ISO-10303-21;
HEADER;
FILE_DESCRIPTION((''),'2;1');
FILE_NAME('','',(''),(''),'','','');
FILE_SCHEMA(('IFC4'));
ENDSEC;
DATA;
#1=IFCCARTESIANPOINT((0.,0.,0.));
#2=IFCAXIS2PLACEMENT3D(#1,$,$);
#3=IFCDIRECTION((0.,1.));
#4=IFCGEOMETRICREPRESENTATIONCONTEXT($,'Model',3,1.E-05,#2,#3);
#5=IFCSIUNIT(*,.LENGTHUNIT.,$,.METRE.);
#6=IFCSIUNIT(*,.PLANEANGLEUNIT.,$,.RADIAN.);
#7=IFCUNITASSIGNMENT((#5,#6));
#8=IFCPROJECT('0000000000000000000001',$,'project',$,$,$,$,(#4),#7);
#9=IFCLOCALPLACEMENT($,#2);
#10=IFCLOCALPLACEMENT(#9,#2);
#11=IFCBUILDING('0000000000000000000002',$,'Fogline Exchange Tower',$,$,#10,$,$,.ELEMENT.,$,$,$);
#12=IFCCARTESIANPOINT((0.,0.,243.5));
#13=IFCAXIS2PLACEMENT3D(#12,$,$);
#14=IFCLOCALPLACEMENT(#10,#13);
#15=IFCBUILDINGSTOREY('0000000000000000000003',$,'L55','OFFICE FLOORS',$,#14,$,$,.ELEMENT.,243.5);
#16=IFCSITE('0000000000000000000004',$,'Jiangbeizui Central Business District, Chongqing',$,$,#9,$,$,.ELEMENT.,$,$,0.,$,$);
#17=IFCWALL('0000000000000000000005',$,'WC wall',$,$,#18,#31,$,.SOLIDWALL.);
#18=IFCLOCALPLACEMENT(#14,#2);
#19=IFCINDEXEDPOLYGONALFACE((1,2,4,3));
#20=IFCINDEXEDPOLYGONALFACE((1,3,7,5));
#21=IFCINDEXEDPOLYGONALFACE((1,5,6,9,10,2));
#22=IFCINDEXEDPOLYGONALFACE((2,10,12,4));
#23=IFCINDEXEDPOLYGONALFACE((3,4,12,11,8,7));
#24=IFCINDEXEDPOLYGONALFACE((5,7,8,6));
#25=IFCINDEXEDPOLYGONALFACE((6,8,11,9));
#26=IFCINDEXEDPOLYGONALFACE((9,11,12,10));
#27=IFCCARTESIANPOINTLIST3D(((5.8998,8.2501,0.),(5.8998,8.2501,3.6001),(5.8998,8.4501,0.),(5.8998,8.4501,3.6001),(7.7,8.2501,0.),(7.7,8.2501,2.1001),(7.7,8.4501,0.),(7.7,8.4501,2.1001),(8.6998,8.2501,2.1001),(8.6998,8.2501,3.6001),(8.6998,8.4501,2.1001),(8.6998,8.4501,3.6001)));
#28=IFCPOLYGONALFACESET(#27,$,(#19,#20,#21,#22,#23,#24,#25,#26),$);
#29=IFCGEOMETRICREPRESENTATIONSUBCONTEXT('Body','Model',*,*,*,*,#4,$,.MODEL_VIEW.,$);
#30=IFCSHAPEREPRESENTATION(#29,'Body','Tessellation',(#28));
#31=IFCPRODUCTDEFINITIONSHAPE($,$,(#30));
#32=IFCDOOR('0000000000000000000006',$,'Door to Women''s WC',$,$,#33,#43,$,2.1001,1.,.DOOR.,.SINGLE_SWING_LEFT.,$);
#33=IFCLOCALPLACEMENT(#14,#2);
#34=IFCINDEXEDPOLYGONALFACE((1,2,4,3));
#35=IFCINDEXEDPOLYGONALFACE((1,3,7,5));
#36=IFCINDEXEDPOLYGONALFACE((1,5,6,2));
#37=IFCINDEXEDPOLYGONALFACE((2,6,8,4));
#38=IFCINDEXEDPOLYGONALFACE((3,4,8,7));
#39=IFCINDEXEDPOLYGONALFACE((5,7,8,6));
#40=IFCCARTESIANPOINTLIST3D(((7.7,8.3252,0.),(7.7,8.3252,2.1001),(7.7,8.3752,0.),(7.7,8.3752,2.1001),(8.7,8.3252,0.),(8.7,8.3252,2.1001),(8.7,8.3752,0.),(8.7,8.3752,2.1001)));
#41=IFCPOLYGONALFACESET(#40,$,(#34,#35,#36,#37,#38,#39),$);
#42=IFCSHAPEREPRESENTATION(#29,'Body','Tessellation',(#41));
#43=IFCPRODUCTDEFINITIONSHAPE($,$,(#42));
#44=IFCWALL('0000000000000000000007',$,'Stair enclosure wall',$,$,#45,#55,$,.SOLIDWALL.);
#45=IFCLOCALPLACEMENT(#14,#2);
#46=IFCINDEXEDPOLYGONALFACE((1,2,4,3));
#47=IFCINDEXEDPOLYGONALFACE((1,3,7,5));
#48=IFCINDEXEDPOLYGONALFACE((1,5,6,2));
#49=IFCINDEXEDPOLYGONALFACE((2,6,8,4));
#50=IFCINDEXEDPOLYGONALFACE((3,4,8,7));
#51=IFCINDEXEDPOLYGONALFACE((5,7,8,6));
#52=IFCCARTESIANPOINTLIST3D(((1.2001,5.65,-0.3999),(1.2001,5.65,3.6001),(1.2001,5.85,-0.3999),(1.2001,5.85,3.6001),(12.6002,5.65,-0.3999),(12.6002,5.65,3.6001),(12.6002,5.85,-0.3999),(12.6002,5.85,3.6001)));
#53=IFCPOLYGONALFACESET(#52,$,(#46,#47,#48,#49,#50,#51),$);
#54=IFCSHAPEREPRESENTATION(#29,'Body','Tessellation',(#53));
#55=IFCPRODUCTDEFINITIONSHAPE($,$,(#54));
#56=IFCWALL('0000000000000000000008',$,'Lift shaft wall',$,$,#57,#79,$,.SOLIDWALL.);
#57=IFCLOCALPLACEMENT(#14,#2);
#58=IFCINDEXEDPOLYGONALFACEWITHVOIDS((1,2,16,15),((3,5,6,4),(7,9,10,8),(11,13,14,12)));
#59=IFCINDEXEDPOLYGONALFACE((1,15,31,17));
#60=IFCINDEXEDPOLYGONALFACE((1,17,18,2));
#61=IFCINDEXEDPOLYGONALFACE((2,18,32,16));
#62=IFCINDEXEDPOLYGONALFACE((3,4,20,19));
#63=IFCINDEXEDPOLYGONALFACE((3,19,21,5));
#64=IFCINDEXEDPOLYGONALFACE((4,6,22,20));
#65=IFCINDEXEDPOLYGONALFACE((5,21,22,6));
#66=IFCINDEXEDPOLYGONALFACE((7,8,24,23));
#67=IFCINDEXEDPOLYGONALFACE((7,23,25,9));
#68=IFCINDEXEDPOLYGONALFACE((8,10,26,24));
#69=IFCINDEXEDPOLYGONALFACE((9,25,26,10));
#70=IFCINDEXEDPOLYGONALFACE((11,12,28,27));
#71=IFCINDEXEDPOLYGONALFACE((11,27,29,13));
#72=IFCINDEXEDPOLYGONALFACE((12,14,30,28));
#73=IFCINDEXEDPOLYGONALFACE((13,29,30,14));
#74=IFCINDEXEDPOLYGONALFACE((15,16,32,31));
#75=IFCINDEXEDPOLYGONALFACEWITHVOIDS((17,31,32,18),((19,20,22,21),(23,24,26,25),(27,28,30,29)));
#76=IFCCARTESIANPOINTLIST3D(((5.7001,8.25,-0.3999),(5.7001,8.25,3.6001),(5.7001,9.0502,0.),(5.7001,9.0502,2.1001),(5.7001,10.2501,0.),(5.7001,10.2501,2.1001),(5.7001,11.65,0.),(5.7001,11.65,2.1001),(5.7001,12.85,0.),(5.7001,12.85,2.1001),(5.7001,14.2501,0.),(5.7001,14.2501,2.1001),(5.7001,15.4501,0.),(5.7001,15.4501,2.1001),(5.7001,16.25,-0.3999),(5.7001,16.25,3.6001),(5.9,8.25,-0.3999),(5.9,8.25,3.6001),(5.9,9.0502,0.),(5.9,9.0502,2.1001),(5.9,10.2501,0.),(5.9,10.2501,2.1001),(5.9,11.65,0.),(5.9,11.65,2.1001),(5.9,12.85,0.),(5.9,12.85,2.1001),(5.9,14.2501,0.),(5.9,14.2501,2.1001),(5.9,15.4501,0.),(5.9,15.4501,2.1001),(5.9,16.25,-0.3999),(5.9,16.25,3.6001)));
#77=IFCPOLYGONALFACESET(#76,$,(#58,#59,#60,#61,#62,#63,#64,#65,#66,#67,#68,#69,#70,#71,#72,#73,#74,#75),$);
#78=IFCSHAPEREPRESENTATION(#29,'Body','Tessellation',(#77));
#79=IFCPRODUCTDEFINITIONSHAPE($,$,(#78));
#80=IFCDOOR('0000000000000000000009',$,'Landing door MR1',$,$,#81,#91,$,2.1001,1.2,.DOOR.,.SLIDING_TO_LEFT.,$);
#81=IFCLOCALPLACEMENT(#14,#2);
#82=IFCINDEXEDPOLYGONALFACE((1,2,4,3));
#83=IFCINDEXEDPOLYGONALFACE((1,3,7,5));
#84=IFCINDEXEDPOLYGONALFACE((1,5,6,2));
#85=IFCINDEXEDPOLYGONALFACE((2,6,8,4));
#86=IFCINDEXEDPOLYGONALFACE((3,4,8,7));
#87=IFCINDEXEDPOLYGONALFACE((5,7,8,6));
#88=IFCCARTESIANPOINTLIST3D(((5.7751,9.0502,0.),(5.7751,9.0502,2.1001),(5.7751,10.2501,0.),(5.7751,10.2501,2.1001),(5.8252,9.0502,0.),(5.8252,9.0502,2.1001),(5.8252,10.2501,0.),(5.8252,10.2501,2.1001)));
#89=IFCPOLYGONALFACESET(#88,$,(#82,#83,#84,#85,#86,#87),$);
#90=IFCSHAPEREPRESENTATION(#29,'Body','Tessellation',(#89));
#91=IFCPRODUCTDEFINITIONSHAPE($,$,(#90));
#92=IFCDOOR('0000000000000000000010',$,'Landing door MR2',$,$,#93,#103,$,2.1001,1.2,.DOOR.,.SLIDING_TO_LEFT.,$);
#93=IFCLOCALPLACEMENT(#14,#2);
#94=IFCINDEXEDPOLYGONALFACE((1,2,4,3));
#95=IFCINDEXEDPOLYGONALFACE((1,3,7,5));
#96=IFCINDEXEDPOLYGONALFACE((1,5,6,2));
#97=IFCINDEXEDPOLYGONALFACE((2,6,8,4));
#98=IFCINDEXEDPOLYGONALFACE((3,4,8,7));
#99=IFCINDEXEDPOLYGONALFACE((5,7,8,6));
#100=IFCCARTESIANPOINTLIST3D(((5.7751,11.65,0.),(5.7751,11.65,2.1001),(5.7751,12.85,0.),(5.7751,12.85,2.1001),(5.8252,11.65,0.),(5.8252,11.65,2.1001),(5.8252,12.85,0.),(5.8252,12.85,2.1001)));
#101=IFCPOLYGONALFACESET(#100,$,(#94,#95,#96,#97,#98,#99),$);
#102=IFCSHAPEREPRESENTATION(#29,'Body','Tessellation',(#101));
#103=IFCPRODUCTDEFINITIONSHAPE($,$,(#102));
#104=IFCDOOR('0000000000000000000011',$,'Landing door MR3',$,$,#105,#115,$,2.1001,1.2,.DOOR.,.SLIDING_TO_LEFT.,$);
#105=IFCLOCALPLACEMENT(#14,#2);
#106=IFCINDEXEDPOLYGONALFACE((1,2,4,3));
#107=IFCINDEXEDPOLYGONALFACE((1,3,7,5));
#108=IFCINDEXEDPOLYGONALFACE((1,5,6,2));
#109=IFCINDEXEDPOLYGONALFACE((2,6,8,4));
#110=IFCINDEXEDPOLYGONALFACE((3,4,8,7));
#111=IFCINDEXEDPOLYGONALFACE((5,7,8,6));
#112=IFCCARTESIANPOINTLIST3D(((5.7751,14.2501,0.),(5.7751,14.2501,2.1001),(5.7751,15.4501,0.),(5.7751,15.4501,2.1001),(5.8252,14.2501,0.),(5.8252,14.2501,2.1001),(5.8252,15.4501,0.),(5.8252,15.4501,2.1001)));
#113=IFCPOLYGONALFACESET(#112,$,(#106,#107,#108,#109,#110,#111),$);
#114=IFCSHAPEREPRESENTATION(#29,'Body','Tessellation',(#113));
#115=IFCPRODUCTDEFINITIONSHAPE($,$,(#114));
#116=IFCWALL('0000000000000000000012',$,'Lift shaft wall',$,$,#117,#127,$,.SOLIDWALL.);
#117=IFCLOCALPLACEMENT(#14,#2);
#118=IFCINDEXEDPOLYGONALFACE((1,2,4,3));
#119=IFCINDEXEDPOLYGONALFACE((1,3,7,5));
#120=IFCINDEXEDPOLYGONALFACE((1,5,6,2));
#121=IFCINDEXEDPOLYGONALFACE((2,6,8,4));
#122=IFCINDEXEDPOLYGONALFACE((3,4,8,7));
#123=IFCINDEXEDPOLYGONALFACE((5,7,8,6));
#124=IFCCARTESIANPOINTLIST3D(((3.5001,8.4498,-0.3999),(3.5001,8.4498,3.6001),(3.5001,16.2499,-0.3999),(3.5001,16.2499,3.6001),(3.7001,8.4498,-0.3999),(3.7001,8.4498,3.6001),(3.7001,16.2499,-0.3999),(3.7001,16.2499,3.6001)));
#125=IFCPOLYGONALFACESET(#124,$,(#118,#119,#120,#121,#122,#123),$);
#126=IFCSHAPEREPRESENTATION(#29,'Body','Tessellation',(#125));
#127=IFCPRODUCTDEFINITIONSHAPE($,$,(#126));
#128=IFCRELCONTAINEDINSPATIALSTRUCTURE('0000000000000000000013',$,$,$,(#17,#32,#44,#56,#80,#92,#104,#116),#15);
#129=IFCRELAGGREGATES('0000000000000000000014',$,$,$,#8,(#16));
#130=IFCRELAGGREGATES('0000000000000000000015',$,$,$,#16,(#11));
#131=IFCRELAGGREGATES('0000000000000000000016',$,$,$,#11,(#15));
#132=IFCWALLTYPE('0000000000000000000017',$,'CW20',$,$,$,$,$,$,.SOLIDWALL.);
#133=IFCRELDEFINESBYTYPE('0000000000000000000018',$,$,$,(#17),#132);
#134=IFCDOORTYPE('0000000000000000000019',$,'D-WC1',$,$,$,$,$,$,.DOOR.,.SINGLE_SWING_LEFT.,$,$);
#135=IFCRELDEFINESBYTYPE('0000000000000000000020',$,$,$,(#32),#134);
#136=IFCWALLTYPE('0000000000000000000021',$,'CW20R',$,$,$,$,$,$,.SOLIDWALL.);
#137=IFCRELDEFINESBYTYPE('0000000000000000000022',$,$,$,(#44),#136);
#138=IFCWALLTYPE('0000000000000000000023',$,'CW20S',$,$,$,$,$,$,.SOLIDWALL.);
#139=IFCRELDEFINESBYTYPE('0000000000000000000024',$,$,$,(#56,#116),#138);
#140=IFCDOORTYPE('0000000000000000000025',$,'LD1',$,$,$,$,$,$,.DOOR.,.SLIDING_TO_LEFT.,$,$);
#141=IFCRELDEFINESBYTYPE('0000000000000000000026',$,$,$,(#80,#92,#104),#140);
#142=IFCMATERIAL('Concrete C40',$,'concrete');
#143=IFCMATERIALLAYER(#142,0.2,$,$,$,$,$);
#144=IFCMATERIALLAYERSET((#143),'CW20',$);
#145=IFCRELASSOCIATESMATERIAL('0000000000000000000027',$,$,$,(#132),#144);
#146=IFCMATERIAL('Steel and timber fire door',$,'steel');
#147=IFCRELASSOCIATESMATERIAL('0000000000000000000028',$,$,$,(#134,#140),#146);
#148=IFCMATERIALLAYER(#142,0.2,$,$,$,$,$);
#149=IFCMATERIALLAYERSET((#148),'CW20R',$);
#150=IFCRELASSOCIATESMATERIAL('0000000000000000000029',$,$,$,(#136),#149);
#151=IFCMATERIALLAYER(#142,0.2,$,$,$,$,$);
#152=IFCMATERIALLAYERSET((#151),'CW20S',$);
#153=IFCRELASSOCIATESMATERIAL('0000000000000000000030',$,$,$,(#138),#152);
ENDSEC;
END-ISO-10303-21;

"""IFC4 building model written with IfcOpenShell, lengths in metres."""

from ifc_helpers import new_model, si_unit, direction, frame, frame_2d, origin, place, context, subcontext, project, spatial, rectangle, extrude, material, layer, layer_set, type_object, element, fill, save


model = new_model("IFC4")

# Units and contexts
model_context = context("Model", 3, precision=1e-05, world=origin(), true_north=direction((0.0, 1.0)))
body_context = subcontext(model_context, "Body", "Model", "MODEL_VIEW")
ifc_project = project(units=[si_unit("LENGTHUNIT", "METRE"), si_unit("PLANEANGLEUNIT", "RADIAN")], contexts=[model_context])

# Site, building, storey
site_placement = place(None, origin())
site = spatial("IfcSite", under=ifc_project, at=site_placement, Name="Jiangbeizui Central Business District, Chongqing", CompositionType="ELEMENT", RefElevation=0.0)
building_placement = place(site_placement, origin())
building = spatial("IfcBuilding", under=site, at=building_placement, Name="Fogline Exchange Tower", CompositionType="ELEMENT")
storey_placement = place(building_placement, frame((0.0, 0.0, 243.5)))
storey = spatial("IfcBuildingStorey", under=building, at=storey_placement, Name="L55", Description="OFFICE FLOORS", CompositionType="ELEMENT", Elevation=243.5)

# Shared definitions
ifc_material_1 = material(Name="Concrete C40", Category="concrete")

# Wall, opening, door
ifc_layer_1 = layer(ifc_material_1, 0.2)
ifc_layer_set_1 = layer_set([ifc_layer_1], Name="CW20")
wall_type_1 = type_object("IfcWallType", Name="CW20", PredefinedType="SOLIDWALL", material=ifc_layer_set_1)
wall_1_placement = place(storey_placement, frame((5.8999, 8.3501, 0.0), z_axis=(0.0, 0.0, 1.0), x_axis=(1.0, 0.0, 0.0)))
wall_1 = element("IfcWall", 1, at=wall_1_placement, inside=storey, type_object=wall_type_1, Name="WC wall", PredefinedType="SOLIDWALL", context=body_context, shape_type="SweptSolid", body=[
    extrude(rectangle(XDim=2.8, YDim=0.2, at=frame_2d((1.3999, 0.0))), origin(), (0.0, 0.0, 1.0), 3.6001),
])
opening_1_placement = place(wall_1_placement, frame((1.8, 0.0, 0.0)))
opening_1 = element("IfcOpeningElement", 2, at=opening_1_placement, cuts=wall_1, PredefinedType="OPENING", context=body_context, shape_type="SweptSolid", body=[
    extrude(rectangle(XDim=1.0, YDim=2.1001, at=frame_2d((0.5, 1.05))), frame((0.0, 0.1099, 0.0), z_axis=(0.0, -1.0, 0.0), x_axis=(1.0, 0.0, 0.0)), (0.0, 0.0, 1.0), 0.22),
])
ifc_material_2 = material(Name="Steel and timber fire door", Category="steel")
door_type_1 = type_object("IfcDoorType", Name="D-WC1", OperationType="SINGLE_SWING_LEFT", PredefinedType="DOOR", material=ifc_material_2)
door_1_placement = place(opening_1_placement, frame((1.0, 0.0, 0.0), z_axis=(0.0, 0.0, 1.0), x_axis=(-1.0, 0.0, 0.0)))
door_1 = element("IfcDoor", 3, at=door_1_placement, inside=storey, type_object=door_type_1, Name="Door to Women's WC", OperationType="SINGLE_SWING_LEFT", OverallHeight=2.1001, OverallWidth=1.0, PredefinedType="DOOR", context=body_context, shape_type="SweptSolid", body=[
    extrude(rectangle(XDim=1.0, YDim=2.1001, at=frame_2d((0.5, 1.05))), frame((0.0, 0.0249, 0.0), z_axis=(0.0, -1.0, 0.0), x_axis=(1.0, 0.0, 0.0)), (0.0, 0.0, 1.0), 0.05),
])
fill(opening_1, door_1)

# Wall
ifc_layer_2 = layer(ifc_material_1, 0.2)
ifc_layer_set_2 = layer_set([ifc_layer_2], Name="CW20R")
wall_type_2 = type_object("IfcWallType", Name="CW20R", PredefinedType="SOLIDWALL", material=ifc_layer_set_2)
wall_2_placement = place(storey_placement, frame((1.2, 5.75, -0.3999), z_axis=(0.0, 0.0, 1.0), x_axis=(1.0, 0.0, 0.0)))
element("IfcWall", 4, at=wall_2_placement, inside=storey, type_object=wall_type_2, Name="Stair enclosure wall", PredefinedType="SOLIDWALL", context=body_context, shape_type="SweptSolid", body=[
    extrude(rectangle(XDim=11.4001, YDim=0.2, at=frame_2d((5.7002, 0.0))), origin(), (0.0, 0.0, 1.0), 4.0),
])

# Wall, openings, doors
ifc_layer_3 = layer(ifc_material_1, 0.2)
ifc_layer_set_3 = layer_set([ifc_layer_3], Name="CW20S")
wall_type_3 = type_object("IfcWallType", Name="CW20S", PredefinedType="SOLIDWALL", material=ifc_layer_set_3)
wall_3_placement = place(storey_placement, frame((5.8, 8.25, -0.3999), z_axis=(0.0, 0.0, 1.0), x_axis=(0.0, 1.0, 0.0)))
wall_3 = element("IfcWall", 5, at=wall_3_placement, inside=storey, type_object=wall_type_3, Name="Lift shaft wall", PredefinedType="SOLIDWALL", context=body_context, shape_type="SweptSolid", body=[
    extrude(rectangle(XDim=8.0, YDim=0.2, at=frame_2d((4.0, 0.0))), origin(), (0.0, 0.0, 1.0), 4.0),
])
opening_2_placement = place(wall_3_placement, frame((0.8, 0.0, 0.3999)))
opening_2 = element("IfcOpeningElement", 6, at=opening_2_placement, cuts=wall_3, PredefinedType="OPENING", context=body_context, shape_type="SweptSolid", body=[
    extrude(rectangle(XDim=1.2, YDim=2.1001, at=frame_2d((0.6001, 1.05))), frame((0.0, 0.1099, 0.0), z_axis=(0.0, -1.0, 0.0), x_axis=(1.0, 0.0, 0.0)), (0.0, 0.0, 1.0), 0.22),
])
opening_3_placement = place(wall_3_placement, frame((3.3999, 0.0, 0.3999)))
opening_3 = element("IfcOpeningElement", 7, at=opening_3_placement, cuts=wall_3, PredefinedType="OPENING", context=body_context, shape_type="SweptSolid", body=[
    extrude(rectangle(XDim=1.2, YDim=2.1001, at=frame_2d((0.6001, 1.05))), frame((0.0, 0.1099, 0.0), z_axis=(0.0, -1.0, 0.0), x_axis=(1.0, 0.0, 0.0)), (0.0, 0.0, 1.0), 0.22),
])
opening_4_placement = place(wall_3_placement, frame((6.0, 0.0, 0.3999)))
opening_4 = element("IfcOpeningElement", 8, at=opening_4_placement, cuts=wall_3, PredefinedType="OPENING", context=body_context, shape_type="SweptSolid", body=[
    extrude(rectangle(XDim=1.2, YDim=2.1001, at=frame_2d((0.6001, 1.05))), frame((0.0, 0.1099, 0.0), z_axis=(0.0, -1.0, 0.0), x_axis=(1.0, 0.0, 0.0)), (0.0, 0.0, 1.0), 0.22),
])
door_type_2 = type_object("IfcDoorType", Name="LD1", OperationType="SLIDING_TO_LEFT", PredefinedType="DOOR", material=ifc_material_2)
door_2_placement = place(opening_2_placement, origin())
door_2 = element("IfcDoor", 9, at=door_2_placement, inside=storey, type_object=door_type_2, Name="Landing door MR1", OperationType="SLIDING_TO_LEFT", OverallHeight=2.1001, OverallWidth=1.2, PredefinedType="DOOR", context=body_context, shape_type="SweptSolid", body=[
    extrude(rectangle(XDim=1.2, YDim=2.1001, at=frame_2d((0.6001, 1.05))), frame((0.0, 0.0249, 0.0), z_axis=(0.0, -1.0, 0.0), x_axis=(1.0, 0.0, 0.0)), (0.0, 0.0, 1.0), 0.05),
])
fill(opening_2, door_2)
door_3_placement = place(opening_3_placement, origin())
door_3 = element("IfcDoor", 10, at=door_3_placement, inside=storey, type_object=door_type_2, Name="Landing door MR2", OperationType="SLIDING_TO_LEFT", OverallHeight=2.1001, OverallWidth=1.2, PredefinedType="DOOR", context=body_context, shape_type="SweptSolid", body=[
    extrude(rectangle(XDim=1.2, YDim=2.1001, at=frame_2d((0.6001, 1.05))), frame((0.0, 0.0249, 0.0), z_axis=(0.0, -1.0, 0.0), x_axis=(1.0, 0.0, 0.0)), (0.0, 0.0, 1.0), 0.05),
])
fill(opening_3, door_3)
door_4_placement = place(opening_4_placement, origin())
door_4 = element("IfcDoor", 11, at=door_4_placement, inside=storey, type_object=door_type_2, Name="Landing door MR3", OperationType="SLIDING_TO_LEFT", OverallHeight=2.1001, OverallWidth=1.2, PredefinedType="DOOR", context=body_context, shape_type="SweptSolid", body=[
    extrude(rectangle(XDim=1.2, YDim=2.1001, at=frame_2d((0.6001, 1.05))), frame((0.0, 0.0249, 0.0), z_axis=(0.0, -1.0, 0.0), x_axis=(1.0, 0.0, 0.0)), (0.0, 0.0, 1.0), 0.05),
])
fill(opening_4, door_4)

# Wall
wall_4_placement = place(storey_placement, frame((3.6001, 8.45, -0.3999), z_axis=(0.0, 0.0, 1.0), x_axis=(0.0, 1.0, 0.0)))
element("IfcWall", 12, at=wall_4_placement, inside=storey, type_object=wall_type_3, Name="Lift shaft wall", PredefinedType="SOLIDWALL", context=body_context, shape_type="SweptSolid", body=[
    extrude(rectangle(XDim=7.8, YDim=0.2, at=frame_2d((3.8999, 0.0))), origin(), (0.0, 0.0, 1.0), 4.0),
])

save(model, "model.ifc")
